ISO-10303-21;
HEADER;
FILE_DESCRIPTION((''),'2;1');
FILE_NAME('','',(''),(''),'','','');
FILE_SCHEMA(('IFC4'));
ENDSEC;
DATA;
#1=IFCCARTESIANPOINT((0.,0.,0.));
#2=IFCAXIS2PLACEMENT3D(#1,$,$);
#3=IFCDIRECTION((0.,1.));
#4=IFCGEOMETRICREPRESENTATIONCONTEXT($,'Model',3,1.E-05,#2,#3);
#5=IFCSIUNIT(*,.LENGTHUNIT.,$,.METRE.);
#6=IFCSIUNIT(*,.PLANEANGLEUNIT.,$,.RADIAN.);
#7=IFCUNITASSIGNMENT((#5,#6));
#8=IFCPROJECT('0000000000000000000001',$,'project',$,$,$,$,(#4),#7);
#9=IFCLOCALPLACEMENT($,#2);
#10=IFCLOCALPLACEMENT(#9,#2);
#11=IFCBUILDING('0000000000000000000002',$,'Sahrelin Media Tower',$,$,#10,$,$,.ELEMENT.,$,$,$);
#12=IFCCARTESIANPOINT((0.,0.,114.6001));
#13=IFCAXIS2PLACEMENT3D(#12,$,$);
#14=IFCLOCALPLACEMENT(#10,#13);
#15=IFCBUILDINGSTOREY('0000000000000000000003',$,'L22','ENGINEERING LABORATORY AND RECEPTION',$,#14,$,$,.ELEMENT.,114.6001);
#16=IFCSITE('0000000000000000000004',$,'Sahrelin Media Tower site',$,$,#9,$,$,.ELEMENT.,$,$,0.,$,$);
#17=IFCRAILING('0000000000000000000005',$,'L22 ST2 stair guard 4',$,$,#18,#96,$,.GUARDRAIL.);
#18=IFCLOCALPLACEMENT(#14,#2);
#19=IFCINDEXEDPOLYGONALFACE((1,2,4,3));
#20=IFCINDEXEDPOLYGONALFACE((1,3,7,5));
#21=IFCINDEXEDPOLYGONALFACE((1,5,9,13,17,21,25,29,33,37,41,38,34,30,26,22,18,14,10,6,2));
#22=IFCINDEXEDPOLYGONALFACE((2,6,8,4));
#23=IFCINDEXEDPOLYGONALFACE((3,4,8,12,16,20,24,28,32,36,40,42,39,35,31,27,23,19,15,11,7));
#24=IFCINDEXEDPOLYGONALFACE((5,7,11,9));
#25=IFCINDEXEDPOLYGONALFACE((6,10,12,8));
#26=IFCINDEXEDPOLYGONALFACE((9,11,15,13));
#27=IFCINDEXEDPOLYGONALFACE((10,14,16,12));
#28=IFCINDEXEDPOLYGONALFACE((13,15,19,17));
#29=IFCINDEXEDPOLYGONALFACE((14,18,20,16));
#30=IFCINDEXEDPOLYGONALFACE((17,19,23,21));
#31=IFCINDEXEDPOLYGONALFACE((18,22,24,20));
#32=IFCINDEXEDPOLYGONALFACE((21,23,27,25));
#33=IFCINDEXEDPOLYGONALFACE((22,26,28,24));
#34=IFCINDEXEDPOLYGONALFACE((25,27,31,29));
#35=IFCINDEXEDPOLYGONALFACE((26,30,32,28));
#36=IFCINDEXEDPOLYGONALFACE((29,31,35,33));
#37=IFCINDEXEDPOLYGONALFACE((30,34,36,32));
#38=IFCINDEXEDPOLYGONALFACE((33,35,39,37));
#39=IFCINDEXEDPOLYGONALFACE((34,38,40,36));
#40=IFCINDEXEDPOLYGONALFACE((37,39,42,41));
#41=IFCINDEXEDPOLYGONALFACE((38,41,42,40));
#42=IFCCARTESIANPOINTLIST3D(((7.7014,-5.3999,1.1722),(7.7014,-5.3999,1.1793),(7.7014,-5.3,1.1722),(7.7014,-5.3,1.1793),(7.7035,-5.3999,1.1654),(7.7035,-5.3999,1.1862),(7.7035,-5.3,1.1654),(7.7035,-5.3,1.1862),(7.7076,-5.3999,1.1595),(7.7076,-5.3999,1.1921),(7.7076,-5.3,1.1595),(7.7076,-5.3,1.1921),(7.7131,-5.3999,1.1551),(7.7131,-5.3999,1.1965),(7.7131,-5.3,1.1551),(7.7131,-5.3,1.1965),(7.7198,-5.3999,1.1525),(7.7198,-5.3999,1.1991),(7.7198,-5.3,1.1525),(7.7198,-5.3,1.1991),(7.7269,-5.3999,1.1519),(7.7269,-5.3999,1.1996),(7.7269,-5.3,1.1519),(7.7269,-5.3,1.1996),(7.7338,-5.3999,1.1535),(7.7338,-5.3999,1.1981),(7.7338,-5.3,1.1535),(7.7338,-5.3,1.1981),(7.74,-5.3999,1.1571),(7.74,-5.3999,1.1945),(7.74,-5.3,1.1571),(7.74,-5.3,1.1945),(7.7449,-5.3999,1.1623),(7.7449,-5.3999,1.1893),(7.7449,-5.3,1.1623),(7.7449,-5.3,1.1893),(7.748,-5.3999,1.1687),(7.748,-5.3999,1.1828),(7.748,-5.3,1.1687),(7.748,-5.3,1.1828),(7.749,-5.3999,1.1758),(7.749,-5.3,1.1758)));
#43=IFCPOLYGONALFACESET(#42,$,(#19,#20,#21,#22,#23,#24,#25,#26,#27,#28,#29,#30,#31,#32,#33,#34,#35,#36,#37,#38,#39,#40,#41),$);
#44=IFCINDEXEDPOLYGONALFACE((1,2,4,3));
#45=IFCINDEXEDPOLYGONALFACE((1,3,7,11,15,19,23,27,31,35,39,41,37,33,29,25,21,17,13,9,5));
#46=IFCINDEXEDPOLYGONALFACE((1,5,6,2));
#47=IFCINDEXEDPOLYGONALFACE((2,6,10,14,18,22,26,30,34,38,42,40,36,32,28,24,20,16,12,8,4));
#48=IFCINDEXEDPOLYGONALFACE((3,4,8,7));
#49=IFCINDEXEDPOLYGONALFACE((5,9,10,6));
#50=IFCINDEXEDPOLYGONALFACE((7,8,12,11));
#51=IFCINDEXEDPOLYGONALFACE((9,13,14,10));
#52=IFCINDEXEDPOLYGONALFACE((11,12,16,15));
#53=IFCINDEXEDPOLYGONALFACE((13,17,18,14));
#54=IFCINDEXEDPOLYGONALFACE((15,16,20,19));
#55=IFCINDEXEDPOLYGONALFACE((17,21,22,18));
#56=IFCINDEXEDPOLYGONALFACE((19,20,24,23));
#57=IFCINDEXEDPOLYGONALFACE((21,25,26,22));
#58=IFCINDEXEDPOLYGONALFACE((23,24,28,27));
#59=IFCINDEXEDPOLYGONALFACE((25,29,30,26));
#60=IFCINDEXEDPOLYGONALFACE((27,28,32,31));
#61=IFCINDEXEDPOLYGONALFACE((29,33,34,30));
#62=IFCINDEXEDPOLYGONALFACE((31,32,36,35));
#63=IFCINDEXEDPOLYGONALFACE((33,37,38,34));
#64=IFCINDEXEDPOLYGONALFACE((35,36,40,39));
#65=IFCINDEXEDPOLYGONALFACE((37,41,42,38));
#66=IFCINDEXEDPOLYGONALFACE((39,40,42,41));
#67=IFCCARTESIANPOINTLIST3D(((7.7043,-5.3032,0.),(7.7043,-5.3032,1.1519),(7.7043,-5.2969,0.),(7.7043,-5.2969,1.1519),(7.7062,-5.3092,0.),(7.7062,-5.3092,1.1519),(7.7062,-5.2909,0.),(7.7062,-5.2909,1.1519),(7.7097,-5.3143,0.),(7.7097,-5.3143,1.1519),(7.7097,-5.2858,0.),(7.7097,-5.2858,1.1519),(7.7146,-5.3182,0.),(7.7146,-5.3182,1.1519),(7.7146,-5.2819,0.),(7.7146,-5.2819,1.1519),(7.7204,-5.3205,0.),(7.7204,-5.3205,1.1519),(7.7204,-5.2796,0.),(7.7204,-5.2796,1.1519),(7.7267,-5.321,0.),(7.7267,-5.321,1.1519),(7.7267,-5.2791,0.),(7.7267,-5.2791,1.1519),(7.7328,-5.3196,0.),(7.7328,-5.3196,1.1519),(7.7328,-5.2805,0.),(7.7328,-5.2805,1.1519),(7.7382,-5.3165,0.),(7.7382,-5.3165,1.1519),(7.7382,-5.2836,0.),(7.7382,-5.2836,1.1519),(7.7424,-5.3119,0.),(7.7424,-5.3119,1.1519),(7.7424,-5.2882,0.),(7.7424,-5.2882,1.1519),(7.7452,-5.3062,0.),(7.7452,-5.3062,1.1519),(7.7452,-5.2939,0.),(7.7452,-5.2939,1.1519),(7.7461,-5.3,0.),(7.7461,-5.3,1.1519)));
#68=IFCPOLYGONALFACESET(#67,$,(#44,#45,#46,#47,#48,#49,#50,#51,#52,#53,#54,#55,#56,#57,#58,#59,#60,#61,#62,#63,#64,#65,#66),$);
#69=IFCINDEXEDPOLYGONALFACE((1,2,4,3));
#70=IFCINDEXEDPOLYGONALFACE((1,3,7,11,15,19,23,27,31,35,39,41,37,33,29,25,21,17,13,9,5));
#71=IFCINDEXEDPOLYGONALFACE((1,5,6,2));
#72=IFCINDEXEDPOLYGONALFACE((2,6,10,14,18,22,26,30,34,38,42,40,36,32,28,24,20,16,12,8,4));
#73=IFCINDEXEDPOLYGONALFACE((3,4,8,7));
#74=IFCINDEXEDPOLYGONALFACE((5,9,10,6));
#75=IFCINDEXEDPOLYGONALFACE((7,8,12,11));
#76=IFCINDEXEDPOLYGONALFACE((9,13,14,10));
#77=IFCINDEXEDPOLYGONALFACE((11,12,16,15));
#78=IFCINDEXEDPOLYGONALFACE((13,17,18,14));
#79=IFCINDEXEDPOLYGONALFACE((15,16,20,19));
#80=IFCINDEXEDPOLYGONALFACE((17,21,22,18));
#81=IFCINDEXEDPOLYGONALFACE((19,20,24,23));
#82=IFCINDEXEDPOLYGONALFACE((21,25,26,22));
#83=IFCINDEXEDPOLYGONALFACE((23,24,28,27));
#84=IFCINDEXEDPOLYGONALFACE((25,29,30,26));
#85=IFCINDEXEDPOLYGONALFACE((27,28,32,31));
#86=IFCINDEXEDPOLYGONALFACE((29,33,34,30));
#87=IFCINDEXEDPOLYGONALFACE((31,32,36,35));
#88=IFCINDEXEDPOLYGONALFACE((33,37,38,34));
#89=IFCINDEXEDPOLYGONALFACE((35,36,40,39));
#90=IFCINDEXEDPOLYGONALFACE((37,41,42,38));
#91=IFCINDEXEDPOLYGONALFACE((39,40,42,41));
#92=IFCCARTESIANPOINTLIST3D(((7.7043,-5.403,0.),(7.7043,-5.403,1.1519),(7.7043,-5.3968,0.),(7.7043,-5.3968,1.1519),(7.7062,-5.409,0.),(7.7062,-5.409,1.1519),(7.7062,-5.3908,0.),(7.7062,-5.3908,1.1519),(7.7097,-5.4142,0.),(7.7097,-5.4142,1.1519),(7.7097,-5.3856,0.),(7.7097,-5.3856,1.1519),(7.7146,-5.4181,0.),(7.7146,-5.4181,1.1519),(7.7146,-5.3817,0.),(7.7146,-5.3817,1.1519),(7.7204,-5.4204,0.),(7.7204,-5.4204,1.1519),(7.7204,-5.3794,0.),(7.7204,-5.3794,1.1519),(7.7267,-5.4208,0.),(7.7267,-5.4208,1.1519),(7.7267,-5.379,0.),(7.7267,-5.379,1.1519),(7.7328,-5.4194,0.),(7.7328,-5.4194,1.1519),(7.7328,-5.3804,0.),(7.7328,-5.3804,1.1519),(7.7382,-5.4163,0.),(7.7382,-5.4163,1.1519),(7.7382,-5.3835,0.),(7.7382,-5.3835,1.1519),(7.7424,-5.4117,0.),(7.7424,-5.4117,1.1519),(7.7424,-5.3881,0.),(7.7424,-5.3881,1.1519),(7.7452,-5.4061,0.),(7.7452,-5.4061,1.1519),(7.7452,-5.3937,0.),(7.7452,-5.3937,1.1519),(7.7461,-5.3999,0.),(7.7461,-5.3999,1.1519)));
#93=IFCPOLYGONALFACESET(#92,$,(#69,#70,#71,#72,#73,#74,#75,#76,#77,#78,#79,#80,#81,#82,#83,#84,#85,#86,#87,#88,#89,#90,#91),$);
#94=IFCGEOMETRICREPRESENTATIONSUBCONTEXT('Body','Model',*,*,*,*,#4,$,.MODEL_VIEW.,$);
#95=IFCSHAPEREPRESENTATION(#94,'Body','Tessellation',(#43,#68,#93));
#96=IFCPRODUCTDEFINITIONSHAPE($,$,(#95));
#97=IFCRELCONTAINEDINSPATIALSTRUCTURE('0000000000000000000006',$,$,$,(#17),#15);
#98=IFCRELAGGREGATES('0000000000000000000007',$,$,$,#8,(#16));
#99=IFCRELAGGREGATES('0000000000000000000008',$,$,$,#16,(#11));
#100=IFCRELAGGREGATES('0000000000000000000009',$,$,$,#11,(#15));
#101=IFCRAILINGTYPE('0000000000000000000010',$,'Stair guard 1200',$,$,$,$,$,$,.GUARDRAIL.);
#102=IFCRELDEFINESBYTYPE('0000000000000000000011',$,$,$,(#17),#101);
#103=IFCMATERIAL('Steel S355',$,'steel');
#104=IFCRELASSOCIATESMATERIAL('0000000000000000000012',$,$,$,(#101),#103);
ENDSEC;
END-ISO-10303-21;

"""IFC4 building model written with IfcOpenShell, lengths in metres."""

from ifc_helpers import new_model, si_unit, direction, frame, origin, origin_2d, place, context, subcontext, project, spatial, circle, extrude, material, type_object, element, save


model = new_model("IFC4")

# Units and contexts
model_context = context("Model", 3, precision=1e-05, world=origin(), true_north=direction((0.0, 1.0)))
body_context = subcontext(model_context, "Body", "Model", "MODEL_VIEW")
ifc_project = project(units=[si_unit("LENGTHUNIT", "METRE"), si_unit("PLANEANGLEUNIT", "RADIAN")], contexts=[model_context])

# Site, building, storey
site_placement = place(None, origin())
site = spatial("IfcSite", under=ifc_project, at=site_placement, Name="Sahrelin Media Tower site", CompositionType="ELEMENT", RefElevation=0.0)
building_placement = place(site_placement, origin())
building = spatial("IfcBuilding", under=site, at=building_placement, Name="Sahrelin Media Tower", CompositionType="ELEMENT")
storey_placement = place(building_placement, frame((0.0, 0.0, 114.6001)))
storey = spatial("IfcBuildingStorey", under=building, at=storey_placement, Name="L22", Description="ENGINEERING LABORATORY AND RECEPTION", CompositionType="ELEMENT", Elevation=114.6001)

# Shared definitions
ifc_material_1 = material(Name="Steel S355", Category="steel")

# Railing
railing_type_1 = type_object("IfcRailingType", Name="Stair guard 1200", PredefinedType="GUARDRAIL", material=ifc_material_1)
railing_1_placement = place(storey_placement, frame((7.7251, -5.3, 0.0)))
element("IfcRailing", 1, at=railing_1_placement, inside=storey, type_object=railing_type_1, Name="L22 ST2 stair guard 4", PredefinedType="GUARDRAIL", context=body_context, shape_type="SweptSolid", body=[
    extrude(circle(Radius=0.0239, at=origin_2d()), frame((0.0, 0.0, 1.1758), z_axis=(0.0, -1.0, 0.0), x_axis=(1.0, 0.0, 0.0)), (0.0, 0.0, 1.0), 0.0999),
    extrude(circle(Radius=0.021, at=origin_2d()), origin(), (0.0, 0.0, 1.0), 1.1519),
    extrude(circle(Radius=0.021, at=origin_2d()), frame((0.0, -0.0999, 0.0)), (0.0, 0.0, 1.0), 1.1519),
])

save(model, "model.ifc")
